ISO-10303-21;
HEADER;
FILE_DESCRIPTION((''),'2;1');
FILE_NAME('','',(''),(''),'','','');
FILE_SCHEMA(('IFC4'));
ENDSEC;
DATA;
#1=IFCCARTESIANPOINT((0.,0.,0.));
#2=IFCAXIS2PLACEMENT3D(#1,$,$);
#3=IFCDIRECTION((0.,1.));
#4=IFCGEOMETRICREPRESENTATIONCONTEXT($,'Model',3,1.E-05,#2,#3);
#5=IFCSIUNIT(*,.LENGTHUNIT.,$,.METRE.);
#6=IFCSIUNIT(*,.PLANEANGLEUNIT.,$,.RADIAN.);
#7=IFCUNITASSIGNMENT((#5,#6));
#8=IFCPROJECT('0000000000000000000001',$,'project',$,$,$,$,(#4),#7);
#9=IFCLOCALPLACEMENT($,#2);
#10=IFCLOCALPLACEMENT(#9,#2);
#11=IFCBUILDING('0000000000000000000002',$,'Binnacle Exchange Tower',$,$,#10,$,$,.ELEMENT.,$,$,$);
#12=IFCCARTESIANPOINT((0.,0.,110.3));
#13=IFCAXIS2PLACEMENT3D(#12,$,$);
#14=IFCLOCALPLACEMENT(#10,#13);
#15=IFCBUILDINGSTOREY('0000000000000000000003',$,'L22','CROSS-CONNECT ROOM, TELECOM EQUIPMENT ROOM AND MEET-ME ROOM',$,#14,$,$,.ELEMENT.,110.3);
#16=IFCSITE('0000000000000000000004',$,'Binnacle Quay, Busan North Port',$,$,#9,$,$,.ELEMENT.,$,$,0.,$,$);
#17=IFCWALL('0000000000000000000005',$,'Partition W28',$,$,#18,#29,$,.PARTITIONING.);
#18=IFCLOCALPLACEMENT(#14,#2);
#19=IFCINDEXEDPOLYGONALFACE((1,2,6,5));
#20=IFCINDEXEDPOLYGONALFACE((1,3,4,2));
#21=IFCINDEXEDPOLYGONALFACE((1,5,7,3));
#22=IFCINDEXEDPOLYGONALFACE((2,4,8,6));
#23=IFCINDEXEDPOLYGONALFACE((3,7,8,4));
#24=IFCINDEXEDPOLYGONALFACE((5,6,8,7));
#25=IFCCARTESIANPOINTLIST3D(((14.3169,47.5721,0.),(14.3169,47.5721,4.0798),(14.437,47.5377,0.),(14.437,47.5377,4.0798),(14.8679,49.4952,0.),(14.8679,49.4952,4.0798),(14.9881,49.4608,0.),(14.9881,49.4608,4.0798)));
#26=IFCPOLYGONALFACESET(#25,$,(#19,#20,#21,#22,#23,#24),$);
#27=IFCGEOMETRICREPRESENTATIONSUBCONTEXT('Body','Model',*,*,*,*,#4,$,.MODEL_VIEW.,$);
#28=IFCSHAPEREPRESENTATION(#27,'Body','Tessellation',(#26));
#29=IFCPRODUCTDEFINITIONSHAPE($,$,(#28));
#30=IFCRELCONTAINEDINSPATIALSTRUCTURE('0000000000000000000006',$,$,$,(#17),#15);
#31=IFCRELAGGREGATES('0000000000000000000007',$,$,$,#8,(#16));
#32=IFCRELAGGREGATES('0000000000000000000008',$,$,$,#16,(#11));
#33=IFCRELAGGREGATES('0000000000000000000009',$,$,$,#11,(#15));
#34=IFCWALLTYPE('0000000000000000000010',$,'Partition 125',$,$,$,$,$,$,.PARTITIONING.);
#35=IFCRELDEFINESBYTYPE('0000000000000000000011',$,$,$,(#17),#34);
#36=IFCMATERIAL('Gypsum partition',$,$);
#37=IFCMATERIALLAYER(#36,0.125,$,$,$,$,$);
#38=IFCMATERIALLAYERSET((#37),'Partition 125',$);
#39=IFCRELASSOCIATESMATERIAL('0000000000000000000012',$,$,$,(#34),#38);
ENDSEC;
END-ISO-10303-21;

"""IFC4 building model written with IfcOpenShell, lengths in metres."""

from ifc_helpers import new_model, si_unit, direction, frame, frame_2d, origin, place, context, subcontext, project, spatial, rectangle, extrude, material, layer, layer_set, type_object, element, save


model = new_model("IFC4")

# Units and contexts
model_context = context("Model", 3, precision=1e-05, world=origin(), true_north=direction((0.0, 1.0)))
body_context = subcontext(model_context, "Body", "Model", "MODEL_VIEW")
ifc_project = project(units=[si_unit("LENGTHUNIT", "METRE"), si_unit("PLANEANGLEUNIT", "RADIAN")], contexts=[model_context])

# Site, building, storey
site_placement = place(None, origin())
site = spatial("IfcSite", under=ifc_project, at=site_placement, Name="Binnacle Quay, Busan North Port", CompositionType="ELEMENT", RefElevation=0.0)
building_placement = place(site_placement, origin())
building = spatial("IfcBuilding", under=site, at=building_placement, Name="Binnacle Exchange Tower", CompositionType="ELEMENT")
storey_placement = place(building_placement, frame((0.0, 0.0, 110.3)))
storey = spatial("IfcBuildingStorey", under=building, at=storey_placement, Name="L22", Description="CROSS-CONNECT ROOM, TELECOM EQUIPMENT ROOM AND MEET-ME ROOM", CompositionType="ELEMENT", Elevation=110.3)

# Shared definitions
ifc_material_1 = material(Name="Gypsum partition")
ifc_layer_1 = layer(ifc_material_1, 0.125)
ifc_layer_set_1 = layer_set([ifc_layer_1], Name="Partition 125")
wall_type_1 = type_object("IfcWallType", Name="Partition 125", PredefinedType="PARTITIONING", material=ifc_layer_set_1)

# Wall
wall_1_placement = place(storey_placement, frame((14.377, 47.5549, 0.0), z_axis=(0.0, 0.0, 1.0), x_axis=(0.275446, 0.961316, 0.0)))
element("IfcWall", 1, at=wall_1_placement, inside=storey, type_object=wall_type_1, Name="Partition W28", PredefinedType="PARTITIONING", context=body_context, shape_type="SweptSolid", body=[
    extrude(rectangle(XDim=2.0005, YDim=0.125, at=frame_2d((1.0002, 0.0))), origin(), (0.0, 0.0, 1.0), 4.0798),
])

save(model, "model.ifc")
